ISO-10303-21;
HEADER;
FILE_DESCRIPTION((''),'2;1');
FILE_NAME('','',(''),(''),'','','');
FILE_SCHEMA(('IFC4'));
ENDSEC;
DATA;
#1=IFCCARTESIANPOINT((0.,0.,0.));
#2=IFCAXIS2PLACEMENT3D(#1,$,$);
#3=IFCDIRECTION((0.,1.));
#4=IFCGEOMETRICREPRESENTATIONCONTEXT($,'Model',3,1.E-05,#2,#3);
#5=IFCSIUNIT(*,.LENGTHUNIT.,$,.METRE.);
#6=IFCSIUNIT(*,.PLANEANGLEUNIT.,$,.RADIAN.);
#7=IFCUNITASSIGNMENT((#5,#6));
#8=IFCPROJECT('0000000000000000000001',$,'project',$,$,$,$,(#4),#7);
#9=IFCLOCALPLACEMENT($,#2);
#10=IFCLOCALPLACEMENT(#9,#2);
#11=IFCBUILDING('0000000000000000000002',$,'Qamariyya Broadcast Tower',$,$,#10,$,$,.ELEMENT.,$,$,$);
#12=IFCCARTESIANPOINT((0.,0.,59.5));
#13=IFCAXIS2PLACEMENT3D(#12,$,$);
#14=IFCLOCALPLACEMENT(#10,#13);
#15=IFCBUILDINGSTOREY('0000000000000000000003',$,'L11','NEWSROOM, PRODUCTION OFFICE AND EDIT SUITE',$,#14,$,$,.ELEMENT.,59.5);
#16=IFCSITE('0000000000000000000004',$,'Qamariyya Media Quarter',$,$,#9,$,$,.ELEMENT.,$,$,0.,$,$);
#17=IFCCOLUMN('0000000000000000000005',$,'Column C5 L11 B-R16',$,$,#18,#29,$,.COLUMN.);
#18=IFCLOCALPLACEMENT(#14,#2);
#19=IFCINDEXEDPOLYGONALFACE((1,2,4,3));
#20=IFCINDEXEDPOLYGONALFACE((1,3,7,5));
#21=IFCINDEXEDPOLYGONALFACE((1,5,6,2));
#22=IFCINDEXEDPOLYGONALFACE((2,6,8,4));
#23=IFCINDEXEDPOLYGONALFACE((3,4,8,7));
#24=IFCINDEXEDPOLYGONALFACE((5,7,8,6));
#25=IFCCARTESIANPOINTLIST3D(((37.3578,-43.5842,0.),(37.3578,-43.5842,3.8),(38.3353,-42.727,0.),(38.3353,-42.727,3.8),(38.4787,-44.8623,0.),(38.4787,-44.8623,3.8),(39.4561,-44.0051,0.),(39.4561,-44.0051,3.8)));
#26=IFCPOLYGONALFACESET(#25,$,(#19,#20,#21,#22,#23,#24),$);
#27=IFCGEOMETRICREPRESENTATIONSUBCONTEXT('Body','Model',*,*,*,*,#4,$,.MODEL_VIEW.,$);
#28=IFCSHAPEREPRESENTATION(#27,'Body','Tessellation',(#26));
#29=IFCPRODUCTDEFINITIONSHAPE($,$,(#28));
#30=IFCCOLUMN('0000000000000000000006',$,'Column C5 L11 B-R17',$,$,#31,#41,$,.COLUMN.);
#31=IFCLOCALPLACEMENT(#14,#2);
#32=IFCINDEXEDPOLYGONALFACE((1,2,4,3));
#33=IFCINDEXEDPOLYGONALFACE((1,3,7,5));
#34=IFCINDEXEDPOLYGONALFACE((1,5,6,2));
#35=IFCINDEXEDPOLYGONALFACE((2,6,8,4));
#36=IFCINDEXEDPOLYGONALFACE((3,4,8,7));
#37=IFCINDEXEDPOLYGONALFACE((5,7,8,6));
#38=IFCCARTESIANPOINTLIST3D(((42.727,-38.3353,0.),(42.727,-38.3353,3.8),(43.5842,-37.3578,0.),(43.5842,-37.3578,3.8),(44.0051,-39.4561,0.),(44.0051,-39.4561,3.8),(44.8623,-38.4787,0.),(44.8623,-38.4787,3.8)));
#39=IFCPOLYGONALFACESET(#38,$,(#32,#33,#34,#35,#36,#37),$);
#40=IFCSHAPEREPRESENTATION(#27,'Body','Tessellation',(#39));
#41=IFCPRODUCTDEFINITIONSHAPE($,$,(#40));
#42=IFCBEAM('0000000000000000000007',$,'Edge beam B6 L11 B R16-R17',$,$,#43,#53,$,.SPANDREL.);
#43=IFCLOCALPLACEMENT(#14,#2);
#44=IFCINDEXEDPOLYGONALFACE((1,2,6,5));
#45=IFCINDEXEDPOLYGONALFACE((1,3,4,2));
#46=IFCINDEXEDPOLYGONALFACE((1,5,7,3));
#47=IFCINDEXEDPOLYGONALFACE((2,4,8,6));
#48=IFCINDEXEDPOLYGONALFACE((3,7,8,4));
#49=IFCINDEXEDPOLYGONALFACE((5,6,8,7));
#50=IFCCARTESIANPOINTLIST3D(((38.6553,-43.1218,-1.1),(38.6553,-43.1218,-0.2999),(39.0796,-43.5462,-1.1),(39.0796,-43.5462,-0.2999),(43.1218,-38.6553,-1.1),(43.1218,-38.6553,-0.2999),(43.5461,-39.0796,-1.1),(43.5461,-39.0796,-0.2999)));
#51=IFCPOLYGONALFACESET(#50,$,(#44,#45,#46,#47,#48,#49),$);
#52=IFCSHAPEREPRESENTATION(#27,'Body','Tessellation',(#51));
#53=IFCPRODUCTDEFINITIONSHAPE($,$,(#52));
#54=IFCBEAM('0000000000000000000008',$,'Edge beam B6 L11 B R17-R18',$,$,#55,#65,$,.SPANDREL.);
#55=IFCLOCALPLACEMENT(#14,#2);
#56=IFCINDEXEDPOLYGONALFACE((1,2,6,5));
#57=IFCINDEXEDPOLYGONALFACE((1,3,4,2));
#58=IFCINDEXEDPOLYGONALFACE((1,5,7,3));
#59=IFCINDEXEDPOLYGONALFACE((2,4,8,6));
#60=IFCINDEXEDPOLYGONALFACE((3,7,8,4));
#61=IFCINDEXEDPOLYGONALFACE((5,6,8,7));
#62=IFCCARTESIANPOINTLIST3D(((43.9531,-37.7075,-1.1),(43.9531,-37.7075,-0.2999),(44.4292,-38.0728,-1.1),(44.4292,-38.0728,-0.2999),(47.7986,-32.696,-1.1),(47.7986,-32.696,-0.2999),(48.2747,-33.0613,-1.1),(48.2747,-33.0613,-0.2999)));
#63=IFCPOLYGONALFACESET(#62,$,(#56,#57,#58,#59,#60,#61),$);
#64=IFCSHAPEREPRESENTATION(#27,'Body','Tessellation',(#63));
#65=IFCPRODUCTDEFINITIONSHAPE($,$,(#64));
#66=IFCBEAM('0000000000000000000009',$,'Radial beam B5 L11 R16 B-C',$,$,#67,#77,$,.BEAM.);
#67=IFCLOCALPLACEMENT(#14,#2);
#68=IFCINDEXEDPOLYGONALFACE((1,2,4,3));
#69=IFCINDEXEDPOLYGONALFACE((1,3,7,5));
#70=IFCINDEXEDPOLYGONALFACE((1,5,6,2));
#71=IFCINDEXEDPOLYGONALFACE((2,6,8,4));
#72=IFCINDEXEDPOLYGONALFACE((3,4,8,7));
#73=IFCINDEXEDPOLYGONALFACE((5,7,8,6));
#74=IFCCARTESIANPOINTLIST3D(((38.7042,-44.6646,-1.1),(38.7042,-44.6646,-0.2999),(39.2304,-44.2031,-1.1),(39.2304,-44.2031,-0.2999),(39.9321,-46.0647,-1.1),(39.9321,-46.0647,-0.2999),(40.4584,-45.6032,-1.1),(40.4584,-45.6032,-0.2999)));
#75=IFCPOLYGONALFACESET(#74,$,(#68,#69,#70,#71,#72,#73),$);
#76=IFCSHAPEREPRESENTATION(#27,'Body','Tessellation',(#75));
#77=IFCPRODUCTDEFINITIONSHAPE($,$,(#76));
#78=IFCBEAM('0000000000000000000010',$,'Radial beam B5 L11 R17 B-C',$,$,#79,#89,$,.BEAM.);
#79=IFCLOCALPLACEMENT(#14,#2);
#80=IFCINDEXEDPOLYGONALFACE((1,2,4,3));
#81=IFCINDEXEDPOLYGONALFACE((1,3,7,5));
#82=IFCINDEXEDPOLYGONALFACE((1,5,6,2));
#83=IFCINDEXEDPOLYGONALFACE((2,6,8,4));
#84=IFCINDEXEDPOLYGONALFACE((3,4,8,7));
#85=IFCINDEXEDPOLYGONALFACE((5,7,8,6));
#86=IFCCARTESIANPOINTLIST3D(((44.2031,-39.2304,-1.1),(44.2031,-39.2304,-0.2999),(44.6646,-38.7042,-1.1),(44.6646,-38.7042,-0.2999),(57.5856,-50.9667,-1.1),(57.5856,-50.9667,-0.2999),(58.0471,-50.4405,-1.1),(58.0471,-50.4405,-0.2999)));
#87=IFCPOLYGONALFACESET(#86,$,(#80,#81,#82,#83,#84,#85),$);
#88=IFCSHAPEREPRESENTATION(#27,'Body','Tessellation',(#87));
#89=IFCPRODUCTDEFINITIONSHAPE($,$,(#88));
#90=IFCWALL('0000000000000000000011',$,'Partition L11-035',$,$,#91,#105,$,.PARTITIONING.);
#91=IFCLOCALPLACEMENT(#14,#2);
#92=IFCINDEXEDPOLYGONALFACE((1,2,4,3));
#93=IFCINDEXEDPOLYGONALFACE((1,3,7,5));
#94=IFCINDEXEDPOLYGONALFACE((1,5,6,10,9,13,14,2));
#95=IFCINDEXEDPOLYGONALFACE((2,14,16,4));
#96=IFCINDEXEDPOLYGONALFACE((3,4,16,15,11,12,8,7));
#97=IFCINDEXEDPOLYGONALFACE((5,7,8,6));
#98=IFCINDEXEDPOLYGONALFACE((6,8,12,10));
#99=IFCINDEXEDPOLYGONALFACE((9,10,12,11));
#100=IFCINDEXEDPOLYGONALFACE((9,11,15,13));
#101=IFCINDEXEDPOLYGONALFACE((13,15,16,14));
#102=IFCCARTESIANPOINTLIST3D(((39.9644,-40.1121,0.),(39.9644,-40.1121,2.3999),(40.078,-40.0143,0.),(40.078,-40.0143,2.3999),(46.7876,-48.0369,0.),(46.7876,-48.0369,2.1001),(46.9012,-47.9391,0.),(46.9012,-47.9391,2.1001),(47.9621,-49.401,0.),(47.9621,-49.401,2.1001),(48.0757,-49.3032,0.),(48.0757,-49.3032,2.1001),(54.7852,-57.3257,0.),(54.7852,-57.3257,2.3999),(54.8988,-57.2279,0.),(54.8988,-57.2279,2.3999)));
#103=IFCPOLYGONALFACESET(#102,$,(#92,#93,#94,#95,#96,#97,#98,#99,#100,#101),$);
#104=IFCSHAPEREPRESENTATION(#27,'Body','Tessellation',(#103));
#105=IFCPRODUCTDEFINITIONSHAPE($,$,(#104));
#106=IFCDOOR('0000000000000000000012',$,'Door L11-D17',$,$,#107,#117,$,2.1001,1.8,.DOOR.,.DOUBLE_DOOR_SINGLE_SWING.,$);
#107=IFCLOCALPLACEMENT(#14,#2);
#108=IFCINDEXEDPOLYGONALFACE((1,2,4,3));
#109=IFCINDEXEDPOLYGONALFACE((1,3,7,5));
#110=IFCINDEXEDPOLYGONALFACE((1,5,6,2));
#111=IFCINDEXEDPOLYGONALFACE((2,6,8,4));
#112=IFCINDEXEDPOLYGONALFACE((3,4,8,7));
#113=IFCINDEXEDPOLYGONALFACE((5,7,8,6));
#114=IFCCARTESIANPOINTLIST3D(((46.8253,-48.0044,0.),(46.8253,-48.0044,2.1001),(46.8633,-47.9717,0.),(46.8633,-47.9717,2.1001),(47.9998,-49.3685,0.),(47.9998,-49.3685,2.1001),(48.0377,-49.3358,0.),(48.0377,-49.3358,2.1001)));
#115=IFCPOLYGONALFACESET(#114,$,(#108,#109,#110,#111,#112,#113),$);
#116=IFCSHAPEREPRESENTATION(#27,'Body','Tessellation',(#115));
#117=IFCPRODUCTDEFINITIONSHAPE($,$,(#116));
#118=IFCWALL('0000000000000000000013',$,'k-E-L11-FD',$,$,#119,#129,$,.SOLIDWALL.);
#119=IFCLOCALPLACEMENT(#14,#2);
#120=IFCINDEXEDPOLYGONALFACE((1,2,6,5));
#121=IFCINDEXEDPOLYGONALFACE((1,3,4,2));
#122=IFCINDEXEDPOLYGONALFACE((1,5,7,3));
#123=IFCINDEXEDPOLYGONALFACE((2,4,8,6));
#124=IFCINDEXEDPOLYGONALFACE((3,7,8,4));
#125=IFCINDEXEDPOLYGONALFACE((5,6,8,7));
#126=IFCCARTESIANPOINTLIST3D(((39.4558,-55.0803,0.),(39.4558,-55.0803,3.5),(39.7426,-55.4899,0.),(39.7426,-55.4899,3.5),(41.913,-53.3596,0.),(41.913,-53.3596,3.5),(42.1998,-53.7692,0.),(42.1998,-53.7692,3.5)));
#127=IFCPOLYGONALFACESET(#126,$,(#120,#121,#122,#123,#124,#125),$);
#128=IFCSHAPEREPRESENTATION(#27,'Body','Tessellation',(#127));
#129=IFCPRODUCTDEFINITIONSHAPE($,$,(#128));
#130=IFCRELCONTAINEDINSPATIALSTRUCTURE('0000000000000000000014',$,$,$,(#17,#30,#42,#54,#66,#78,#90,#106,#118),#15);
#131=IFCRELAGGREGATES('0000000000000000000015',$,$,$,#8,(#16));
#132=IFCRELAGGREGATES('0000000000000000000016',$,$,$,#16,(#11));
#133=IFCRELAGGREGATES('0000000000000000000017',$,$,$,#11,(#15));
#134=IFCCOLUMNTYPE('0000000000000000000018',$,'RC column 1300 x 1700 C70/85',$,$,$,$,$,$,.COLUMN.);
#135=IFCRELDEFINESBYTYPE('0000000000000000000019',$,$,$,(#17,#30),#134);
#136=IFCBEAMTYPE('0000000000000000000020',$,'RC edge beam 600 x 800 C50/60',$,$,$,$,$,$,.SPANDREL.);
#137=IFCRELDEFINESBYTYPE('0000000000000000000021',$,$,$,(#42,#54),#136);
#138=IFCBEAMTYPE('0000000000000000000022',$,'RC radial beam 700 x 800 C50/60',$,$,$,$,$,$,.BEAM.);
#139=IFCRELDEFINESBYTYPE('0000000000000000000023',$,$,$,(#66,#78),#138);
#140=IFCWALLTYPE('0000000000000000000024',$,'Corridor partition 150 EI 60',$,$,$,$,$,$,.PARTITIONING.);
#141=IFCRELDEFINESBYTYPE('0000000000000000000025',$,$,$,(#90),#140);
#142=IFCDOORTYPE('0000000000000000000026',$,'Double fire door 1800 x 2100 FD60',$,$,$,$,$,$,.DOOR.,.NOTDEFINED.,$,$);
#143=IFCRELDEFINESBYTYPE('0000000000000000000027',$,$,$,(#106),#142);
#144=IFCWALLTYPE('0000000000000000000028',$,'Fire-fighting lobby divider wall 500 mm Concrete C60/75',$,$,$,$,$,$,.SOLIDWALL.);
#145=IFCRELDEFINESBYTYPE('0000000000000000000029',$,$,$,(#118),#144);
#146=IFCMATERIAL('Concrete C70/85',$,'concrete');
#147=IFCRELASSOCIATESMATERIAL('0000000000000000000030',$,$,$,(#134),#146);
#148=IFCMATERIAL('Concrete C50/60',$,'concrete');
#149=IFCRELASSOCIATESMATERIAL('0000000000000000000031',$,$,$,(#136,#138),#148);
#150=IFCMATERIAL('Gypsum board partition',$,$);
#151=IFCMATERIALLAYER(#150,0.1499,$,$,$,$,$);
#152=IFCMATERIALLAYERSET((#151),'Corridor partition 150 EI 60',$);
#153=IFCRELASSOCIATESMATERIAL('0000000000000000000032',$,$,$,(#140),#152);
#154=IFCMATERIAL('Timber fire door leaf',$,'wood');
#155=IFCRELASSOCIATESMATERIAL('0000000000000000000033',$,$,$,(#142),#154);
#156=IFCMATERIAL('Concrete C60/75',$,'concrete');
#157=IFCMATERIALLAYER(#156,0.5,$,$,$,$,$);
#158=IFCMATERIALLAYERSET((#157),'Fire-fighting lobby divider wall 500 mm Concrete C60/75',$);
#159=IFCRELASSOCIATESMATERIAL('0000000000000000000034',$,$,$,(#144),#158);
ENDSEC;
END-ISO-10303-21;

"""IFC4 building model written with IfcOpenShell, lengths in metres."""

from ifc_helpers import new_model, si_unit, direction, frame, frame_2d, origin, origin_2d, place, context, subcontext, project, spatial, rectangle, extrude, material, layer, layer_set, material_profile, profile_set, type_object, element, fill, save


model = new_model("IFC4")

# Units and contexts
model_context = context("Model", 3, precision=1e-05, world=origin(), true_north=direction((0.0, 1.0)))
body_context = subcontext(model_context, "Body", "Model", "MODEL_VIEW")
ifc_project = project(units=[si_unit("LENGTHUNIT", "METRE"), si_unit("PLANEANGLEUNIT", "RADIAN")], contexts=[model_context])

# Site, building, storey
site_placement = place(None, origin())
site = spatial("IfcSite", under=ifc_project, at=site_placement, Name="Qamariyya Media Quarter", CompositionType="ELEMENT", RefElevation=0.0)
building_placement = place(site_placement, origin())
building = spatial("IfcBuilding", under=site, at=building_placement, Name="Qamariyya Broadcast Tower", CompositionType="ELEMENT")
storey_placement = place(building_placement, frame((0.0, 0.0, 59.5)))
storey = spatial("IfcBuildingStorey", under=building, at=storey_placement, Name="L11", Description="NEWSROOM, PRODUCTION OFFICE AND EDIT SUITE", CompositionType="ELEMENT", Elevation=59.5)

# Columns
ifc_material_1 = material(Name="Concrete C70/85", Category="concrete")
ifc_material_profile_1 = material_profile(ifc_material_1, rectangle(XDim=1.3, YDim=1.7, at=origin_2d()))
ifc_profile_set_1 = profile_set([ifc_material_profile_1], Name="Concrete C70/85")
column_type = type_object("IfcColumnType", Name="RC column 1300 x 1700 C70/85", PredefinedType="COLUMN", material=ifc_profile_set_1)
for number, where, z_axis, x_axis, name in (
    (1, (38.407, -43.7947, 0.0), (0.0, 0.0, 1.0), (0.75184, 0.659346, 0.0), "Column C5 L11 B-R16"),
    (2, (43.7947, -38.407, 0.0), (0.0, 0.0, 1.0), (0.659346, 0.75184, 0.0), "Column C5 L11 B-R17"),
):
    element("IfcColumn", number, at=place(storey_placement, frame(where, z_axis=z_axis, x_axis=x_axis)), inside=storey, type_object=column_type, Name=name, PredefinedType="COLUMN", context=body_context, shape_type="SweptSolid", body=[
        extrude(rectangle(XDim=1.3, YDim=1.7, at=origin_2d()), origin(), (0.0, 0.0, 1.0), 3.8),
    ])

# Beams
ifc_material_2 = material(Name="Concrete C50/60", Category="concrete")
ifc_material_profile_2 = material_profile(ifc_material_2, rectangle(XDim=0.6001, YDim=0.8, at=origin_2d()))
ifc_profile_set_2 = profile_set([ifc_material_profile_2], Name="Concrete C50/60")
beam_type_1 = type_object("IfcBeamType", Name="RC edge beam 600 x 800 C50/60", PredefinedType="SPANDREL", material=ifc_profile_set_2)
beam_1_placement = place(storey_placement, frame((38.8674, -43.334, -0.7), z_axis=(0.707107, 0.707107, 0.0), x_axis=(-0.707107, 0.707107, 0.0)))
element("IfcBeam", 3, at=beam_1_placement, inside=storey, type_object=beam_type_1, Name="Edge beam B6 L11 B R16-R17", PredefinedType="SPANDREL", context=body_context, shape_type="SweptSolid", body=[
    extrude(rectangle(XDim=0.6001, YDim=0.8, at=origin_2d()), origin(), (0.0, 0.0, 1.0), 6.3167),
])
beam_2_placement = place(storey_placement, frame((44.1912, -37.8901, -0.7), z_axis=(0.608763, 0.793352, 0.0), x_axis=(-0.793352, 0.608763, 0.0)))
element("IfcBeam", 4, at=beam_2_placement, inside=storey, type_object=beam_type_1, Name="Edge beam B6 L11 B R17-R18", PredefinedType="SPANDREL", context=body_context, shape_type="SweptSolid", body=[
    extrude(rectangle(XDim=0.6001, YDim=0.8, at=origin_2d()), origin(), (0.0, 0.0, 1.0), 6.3169),
])
ifc_material_profile_3 = material_profile(ifc_material_2, rectangle(XDim=0.7, YDim=0.8, at=origin_2d()))
ifc_profile_set_3 = profile_set([ifc_material_profile_3], Name="Concrete C50/60")
beam_type_2 = type_object("IfcBeamType", Name="RC radial beam 700 x 800 C50/60", PredefinedType="BEAM", material=ifc_profile_set_3)
beam_3_placement = place(storey_placement, frame((38.9673, -44.4338, -0.7), z_axis=(0.659386, -0.751805, 0.0), x_axis=(0.751805, 0.659386, 0.0)))
element("IfcBeam", 5, at=beam_3_placement, inside=storey, type_object=beam_type_2, Name="Radial beam B5 L11 R16 B-C", PredefinedType="BEAM", context=body_context, shape_type="SweptSolid", body=[
    extrude(rectangle(XDim=0.7, YDim=0.8, at=origin_2d()), origin(), (0.0, 0.0, 1.0), 1.8623),
])
beam_4_placement = place(storey_placement, frame((44.4338, -38.9673, -0.7), z_axis=(0.751836, -0.65935, 0.0), x_axis=(0.65935, 0.751836, 0.0)))
element("IfcBeam", 6, at=beam_4_placement, inside=storey, type_object=beam_type_2, Name="Radial beam B5 L11 R17 B-C", PredefinedType="BEAM", context=body_context, shape_type="SweptSolid", body=[
    extrude(rectangle(XDim=0.7, YDim=0.8, at=origin_2d()), origin(), (0.0, 0.0, 1.0), 17.7998),
])

# Wall, opening, door
ifc_material_3 = material(Name="Gypsum board partition")
ifc_layer_1 = layer(ifc_material_3, 0.1499)
ifc_layer_set_1 = layer_set([ifc_layer_1], Name="Corridor partition 150 EI 60")
wall_type_1 = type_object("IfcWallType", Name="Corridor partition 150 EI 60", PredefinedType="PARTITIONING", material=ifc_layer_set_1)
wall_1_placement = place(storey_placement, frame((40.0212, -40.0632, 0.0), z_axis=(0.0, 0.0, 1.0), x_axis=(0.652472, -0.757813, 0.0)))
wall_1 = element("IfcWall", 7, at=wall_1_placement, inside=storey, type_object=wall_type_1, Name="Partition L11-035", PredefinedType="PARTITIONING", context=body_context, shape_type="SweptSolid", body=[
    extrude(rectangle(XDim=22.7148, YDim=0.1499, at=frame_2d((11.3574, 0.0))), origin(), (0.0, 0.0, 1.0), 2.3999),
])
opening_1_placement = place(wall_1_placement, frame((10.4575, 0.0, 0.0)))
opening_1 = element("IfcOpeningElement", 8, at=opening_1_placement, cuts=wall_1, PredefinedType="OPENING", context=body_context, shape_type="SweptSolid", body=[
    extrude(rectangle(XDim=1.8, YDim=2.1001, at=frame_2d((0.8999, 1.05))), frame((0.0, 0.085, 0.0), z_axis=(0.0, -1.0, 0.0), x_axis=(1.0, 0.0, 0.0)), (0.0, 0.0, 1.0), 0.1699),
])
ifc_material_4 = material(Name="Timber fire door leaf", Category="wood")
door_type = type_object("IfcDoorType", Name="Double fire door 1800 x 2100 FD60", OperationType="NOTDEFINED", PredefinedType="DOOR", material=ifc_material_4)
door_placement = place(opening_1_placement, origin())
door = element("IfcDoor", 9, at=door_placement, inside=storey, type_object=door_type, Name="Door L11-D17", OperationType="DOUBLE_DOOR_SINGLE_SWING", OverallHeight=2.1001, OverallWidth=1.8, PredefinedType="DOOR", context=body_context, shape_type="SweptSolid", body=[
    extrude(rectangle(XDim=1.8, YDim=2.1001, at=frame_2d((0.8999, 1.05))), frame((0.0, 0.0249, 0.0), z_axis=(0.0, -1.0, 0.0), x_axis=(1.0, 0.0, 0.0)), (0.0, 0.0, 1.0), 0.05),
])
fill(opening_1, door)

# Wall
ifc_material_5 = material(Name="Concrete C60/75", Category="concrete")
ifc_layer_2 = layer(ifc_material_5, 0.5)
ifc_layer_set_2 = layer_set([ifc_layer_2], Name="Fire-fighting lobby divider wall 500 mm Concrete C60/75")
wall_type_2 = type_object("IfcWallType", Name="Fire-fighting lobby divider wall 500 mm Concrete C60/75", PredefinedType="SOLIDWALL", material=ifc_layer_set_2)
wall_2_placement = place(storey_placement, frame((39.5991, -55.2852, 0.0), z_axis=(0.0, 0.0, 1.0), x_axis=(0.819136, 0.573599, 0.0)))
element("IfcWall", 10, at=wall_2_placement, inside=storey, type_object=wall_type_2, Name="k-E-L11-FD", PredefinedType="SOLIDWALL", context=body_context, shape_type="SweptSolid", body=[
    extrude(rectangle(XDim=2.9998, YDim=0.5, at=frame_2d((1.5, 0.0))), origin(), (0.0, 0.0, 1.0), 3.5),
])

save(model, "model.ifc")
